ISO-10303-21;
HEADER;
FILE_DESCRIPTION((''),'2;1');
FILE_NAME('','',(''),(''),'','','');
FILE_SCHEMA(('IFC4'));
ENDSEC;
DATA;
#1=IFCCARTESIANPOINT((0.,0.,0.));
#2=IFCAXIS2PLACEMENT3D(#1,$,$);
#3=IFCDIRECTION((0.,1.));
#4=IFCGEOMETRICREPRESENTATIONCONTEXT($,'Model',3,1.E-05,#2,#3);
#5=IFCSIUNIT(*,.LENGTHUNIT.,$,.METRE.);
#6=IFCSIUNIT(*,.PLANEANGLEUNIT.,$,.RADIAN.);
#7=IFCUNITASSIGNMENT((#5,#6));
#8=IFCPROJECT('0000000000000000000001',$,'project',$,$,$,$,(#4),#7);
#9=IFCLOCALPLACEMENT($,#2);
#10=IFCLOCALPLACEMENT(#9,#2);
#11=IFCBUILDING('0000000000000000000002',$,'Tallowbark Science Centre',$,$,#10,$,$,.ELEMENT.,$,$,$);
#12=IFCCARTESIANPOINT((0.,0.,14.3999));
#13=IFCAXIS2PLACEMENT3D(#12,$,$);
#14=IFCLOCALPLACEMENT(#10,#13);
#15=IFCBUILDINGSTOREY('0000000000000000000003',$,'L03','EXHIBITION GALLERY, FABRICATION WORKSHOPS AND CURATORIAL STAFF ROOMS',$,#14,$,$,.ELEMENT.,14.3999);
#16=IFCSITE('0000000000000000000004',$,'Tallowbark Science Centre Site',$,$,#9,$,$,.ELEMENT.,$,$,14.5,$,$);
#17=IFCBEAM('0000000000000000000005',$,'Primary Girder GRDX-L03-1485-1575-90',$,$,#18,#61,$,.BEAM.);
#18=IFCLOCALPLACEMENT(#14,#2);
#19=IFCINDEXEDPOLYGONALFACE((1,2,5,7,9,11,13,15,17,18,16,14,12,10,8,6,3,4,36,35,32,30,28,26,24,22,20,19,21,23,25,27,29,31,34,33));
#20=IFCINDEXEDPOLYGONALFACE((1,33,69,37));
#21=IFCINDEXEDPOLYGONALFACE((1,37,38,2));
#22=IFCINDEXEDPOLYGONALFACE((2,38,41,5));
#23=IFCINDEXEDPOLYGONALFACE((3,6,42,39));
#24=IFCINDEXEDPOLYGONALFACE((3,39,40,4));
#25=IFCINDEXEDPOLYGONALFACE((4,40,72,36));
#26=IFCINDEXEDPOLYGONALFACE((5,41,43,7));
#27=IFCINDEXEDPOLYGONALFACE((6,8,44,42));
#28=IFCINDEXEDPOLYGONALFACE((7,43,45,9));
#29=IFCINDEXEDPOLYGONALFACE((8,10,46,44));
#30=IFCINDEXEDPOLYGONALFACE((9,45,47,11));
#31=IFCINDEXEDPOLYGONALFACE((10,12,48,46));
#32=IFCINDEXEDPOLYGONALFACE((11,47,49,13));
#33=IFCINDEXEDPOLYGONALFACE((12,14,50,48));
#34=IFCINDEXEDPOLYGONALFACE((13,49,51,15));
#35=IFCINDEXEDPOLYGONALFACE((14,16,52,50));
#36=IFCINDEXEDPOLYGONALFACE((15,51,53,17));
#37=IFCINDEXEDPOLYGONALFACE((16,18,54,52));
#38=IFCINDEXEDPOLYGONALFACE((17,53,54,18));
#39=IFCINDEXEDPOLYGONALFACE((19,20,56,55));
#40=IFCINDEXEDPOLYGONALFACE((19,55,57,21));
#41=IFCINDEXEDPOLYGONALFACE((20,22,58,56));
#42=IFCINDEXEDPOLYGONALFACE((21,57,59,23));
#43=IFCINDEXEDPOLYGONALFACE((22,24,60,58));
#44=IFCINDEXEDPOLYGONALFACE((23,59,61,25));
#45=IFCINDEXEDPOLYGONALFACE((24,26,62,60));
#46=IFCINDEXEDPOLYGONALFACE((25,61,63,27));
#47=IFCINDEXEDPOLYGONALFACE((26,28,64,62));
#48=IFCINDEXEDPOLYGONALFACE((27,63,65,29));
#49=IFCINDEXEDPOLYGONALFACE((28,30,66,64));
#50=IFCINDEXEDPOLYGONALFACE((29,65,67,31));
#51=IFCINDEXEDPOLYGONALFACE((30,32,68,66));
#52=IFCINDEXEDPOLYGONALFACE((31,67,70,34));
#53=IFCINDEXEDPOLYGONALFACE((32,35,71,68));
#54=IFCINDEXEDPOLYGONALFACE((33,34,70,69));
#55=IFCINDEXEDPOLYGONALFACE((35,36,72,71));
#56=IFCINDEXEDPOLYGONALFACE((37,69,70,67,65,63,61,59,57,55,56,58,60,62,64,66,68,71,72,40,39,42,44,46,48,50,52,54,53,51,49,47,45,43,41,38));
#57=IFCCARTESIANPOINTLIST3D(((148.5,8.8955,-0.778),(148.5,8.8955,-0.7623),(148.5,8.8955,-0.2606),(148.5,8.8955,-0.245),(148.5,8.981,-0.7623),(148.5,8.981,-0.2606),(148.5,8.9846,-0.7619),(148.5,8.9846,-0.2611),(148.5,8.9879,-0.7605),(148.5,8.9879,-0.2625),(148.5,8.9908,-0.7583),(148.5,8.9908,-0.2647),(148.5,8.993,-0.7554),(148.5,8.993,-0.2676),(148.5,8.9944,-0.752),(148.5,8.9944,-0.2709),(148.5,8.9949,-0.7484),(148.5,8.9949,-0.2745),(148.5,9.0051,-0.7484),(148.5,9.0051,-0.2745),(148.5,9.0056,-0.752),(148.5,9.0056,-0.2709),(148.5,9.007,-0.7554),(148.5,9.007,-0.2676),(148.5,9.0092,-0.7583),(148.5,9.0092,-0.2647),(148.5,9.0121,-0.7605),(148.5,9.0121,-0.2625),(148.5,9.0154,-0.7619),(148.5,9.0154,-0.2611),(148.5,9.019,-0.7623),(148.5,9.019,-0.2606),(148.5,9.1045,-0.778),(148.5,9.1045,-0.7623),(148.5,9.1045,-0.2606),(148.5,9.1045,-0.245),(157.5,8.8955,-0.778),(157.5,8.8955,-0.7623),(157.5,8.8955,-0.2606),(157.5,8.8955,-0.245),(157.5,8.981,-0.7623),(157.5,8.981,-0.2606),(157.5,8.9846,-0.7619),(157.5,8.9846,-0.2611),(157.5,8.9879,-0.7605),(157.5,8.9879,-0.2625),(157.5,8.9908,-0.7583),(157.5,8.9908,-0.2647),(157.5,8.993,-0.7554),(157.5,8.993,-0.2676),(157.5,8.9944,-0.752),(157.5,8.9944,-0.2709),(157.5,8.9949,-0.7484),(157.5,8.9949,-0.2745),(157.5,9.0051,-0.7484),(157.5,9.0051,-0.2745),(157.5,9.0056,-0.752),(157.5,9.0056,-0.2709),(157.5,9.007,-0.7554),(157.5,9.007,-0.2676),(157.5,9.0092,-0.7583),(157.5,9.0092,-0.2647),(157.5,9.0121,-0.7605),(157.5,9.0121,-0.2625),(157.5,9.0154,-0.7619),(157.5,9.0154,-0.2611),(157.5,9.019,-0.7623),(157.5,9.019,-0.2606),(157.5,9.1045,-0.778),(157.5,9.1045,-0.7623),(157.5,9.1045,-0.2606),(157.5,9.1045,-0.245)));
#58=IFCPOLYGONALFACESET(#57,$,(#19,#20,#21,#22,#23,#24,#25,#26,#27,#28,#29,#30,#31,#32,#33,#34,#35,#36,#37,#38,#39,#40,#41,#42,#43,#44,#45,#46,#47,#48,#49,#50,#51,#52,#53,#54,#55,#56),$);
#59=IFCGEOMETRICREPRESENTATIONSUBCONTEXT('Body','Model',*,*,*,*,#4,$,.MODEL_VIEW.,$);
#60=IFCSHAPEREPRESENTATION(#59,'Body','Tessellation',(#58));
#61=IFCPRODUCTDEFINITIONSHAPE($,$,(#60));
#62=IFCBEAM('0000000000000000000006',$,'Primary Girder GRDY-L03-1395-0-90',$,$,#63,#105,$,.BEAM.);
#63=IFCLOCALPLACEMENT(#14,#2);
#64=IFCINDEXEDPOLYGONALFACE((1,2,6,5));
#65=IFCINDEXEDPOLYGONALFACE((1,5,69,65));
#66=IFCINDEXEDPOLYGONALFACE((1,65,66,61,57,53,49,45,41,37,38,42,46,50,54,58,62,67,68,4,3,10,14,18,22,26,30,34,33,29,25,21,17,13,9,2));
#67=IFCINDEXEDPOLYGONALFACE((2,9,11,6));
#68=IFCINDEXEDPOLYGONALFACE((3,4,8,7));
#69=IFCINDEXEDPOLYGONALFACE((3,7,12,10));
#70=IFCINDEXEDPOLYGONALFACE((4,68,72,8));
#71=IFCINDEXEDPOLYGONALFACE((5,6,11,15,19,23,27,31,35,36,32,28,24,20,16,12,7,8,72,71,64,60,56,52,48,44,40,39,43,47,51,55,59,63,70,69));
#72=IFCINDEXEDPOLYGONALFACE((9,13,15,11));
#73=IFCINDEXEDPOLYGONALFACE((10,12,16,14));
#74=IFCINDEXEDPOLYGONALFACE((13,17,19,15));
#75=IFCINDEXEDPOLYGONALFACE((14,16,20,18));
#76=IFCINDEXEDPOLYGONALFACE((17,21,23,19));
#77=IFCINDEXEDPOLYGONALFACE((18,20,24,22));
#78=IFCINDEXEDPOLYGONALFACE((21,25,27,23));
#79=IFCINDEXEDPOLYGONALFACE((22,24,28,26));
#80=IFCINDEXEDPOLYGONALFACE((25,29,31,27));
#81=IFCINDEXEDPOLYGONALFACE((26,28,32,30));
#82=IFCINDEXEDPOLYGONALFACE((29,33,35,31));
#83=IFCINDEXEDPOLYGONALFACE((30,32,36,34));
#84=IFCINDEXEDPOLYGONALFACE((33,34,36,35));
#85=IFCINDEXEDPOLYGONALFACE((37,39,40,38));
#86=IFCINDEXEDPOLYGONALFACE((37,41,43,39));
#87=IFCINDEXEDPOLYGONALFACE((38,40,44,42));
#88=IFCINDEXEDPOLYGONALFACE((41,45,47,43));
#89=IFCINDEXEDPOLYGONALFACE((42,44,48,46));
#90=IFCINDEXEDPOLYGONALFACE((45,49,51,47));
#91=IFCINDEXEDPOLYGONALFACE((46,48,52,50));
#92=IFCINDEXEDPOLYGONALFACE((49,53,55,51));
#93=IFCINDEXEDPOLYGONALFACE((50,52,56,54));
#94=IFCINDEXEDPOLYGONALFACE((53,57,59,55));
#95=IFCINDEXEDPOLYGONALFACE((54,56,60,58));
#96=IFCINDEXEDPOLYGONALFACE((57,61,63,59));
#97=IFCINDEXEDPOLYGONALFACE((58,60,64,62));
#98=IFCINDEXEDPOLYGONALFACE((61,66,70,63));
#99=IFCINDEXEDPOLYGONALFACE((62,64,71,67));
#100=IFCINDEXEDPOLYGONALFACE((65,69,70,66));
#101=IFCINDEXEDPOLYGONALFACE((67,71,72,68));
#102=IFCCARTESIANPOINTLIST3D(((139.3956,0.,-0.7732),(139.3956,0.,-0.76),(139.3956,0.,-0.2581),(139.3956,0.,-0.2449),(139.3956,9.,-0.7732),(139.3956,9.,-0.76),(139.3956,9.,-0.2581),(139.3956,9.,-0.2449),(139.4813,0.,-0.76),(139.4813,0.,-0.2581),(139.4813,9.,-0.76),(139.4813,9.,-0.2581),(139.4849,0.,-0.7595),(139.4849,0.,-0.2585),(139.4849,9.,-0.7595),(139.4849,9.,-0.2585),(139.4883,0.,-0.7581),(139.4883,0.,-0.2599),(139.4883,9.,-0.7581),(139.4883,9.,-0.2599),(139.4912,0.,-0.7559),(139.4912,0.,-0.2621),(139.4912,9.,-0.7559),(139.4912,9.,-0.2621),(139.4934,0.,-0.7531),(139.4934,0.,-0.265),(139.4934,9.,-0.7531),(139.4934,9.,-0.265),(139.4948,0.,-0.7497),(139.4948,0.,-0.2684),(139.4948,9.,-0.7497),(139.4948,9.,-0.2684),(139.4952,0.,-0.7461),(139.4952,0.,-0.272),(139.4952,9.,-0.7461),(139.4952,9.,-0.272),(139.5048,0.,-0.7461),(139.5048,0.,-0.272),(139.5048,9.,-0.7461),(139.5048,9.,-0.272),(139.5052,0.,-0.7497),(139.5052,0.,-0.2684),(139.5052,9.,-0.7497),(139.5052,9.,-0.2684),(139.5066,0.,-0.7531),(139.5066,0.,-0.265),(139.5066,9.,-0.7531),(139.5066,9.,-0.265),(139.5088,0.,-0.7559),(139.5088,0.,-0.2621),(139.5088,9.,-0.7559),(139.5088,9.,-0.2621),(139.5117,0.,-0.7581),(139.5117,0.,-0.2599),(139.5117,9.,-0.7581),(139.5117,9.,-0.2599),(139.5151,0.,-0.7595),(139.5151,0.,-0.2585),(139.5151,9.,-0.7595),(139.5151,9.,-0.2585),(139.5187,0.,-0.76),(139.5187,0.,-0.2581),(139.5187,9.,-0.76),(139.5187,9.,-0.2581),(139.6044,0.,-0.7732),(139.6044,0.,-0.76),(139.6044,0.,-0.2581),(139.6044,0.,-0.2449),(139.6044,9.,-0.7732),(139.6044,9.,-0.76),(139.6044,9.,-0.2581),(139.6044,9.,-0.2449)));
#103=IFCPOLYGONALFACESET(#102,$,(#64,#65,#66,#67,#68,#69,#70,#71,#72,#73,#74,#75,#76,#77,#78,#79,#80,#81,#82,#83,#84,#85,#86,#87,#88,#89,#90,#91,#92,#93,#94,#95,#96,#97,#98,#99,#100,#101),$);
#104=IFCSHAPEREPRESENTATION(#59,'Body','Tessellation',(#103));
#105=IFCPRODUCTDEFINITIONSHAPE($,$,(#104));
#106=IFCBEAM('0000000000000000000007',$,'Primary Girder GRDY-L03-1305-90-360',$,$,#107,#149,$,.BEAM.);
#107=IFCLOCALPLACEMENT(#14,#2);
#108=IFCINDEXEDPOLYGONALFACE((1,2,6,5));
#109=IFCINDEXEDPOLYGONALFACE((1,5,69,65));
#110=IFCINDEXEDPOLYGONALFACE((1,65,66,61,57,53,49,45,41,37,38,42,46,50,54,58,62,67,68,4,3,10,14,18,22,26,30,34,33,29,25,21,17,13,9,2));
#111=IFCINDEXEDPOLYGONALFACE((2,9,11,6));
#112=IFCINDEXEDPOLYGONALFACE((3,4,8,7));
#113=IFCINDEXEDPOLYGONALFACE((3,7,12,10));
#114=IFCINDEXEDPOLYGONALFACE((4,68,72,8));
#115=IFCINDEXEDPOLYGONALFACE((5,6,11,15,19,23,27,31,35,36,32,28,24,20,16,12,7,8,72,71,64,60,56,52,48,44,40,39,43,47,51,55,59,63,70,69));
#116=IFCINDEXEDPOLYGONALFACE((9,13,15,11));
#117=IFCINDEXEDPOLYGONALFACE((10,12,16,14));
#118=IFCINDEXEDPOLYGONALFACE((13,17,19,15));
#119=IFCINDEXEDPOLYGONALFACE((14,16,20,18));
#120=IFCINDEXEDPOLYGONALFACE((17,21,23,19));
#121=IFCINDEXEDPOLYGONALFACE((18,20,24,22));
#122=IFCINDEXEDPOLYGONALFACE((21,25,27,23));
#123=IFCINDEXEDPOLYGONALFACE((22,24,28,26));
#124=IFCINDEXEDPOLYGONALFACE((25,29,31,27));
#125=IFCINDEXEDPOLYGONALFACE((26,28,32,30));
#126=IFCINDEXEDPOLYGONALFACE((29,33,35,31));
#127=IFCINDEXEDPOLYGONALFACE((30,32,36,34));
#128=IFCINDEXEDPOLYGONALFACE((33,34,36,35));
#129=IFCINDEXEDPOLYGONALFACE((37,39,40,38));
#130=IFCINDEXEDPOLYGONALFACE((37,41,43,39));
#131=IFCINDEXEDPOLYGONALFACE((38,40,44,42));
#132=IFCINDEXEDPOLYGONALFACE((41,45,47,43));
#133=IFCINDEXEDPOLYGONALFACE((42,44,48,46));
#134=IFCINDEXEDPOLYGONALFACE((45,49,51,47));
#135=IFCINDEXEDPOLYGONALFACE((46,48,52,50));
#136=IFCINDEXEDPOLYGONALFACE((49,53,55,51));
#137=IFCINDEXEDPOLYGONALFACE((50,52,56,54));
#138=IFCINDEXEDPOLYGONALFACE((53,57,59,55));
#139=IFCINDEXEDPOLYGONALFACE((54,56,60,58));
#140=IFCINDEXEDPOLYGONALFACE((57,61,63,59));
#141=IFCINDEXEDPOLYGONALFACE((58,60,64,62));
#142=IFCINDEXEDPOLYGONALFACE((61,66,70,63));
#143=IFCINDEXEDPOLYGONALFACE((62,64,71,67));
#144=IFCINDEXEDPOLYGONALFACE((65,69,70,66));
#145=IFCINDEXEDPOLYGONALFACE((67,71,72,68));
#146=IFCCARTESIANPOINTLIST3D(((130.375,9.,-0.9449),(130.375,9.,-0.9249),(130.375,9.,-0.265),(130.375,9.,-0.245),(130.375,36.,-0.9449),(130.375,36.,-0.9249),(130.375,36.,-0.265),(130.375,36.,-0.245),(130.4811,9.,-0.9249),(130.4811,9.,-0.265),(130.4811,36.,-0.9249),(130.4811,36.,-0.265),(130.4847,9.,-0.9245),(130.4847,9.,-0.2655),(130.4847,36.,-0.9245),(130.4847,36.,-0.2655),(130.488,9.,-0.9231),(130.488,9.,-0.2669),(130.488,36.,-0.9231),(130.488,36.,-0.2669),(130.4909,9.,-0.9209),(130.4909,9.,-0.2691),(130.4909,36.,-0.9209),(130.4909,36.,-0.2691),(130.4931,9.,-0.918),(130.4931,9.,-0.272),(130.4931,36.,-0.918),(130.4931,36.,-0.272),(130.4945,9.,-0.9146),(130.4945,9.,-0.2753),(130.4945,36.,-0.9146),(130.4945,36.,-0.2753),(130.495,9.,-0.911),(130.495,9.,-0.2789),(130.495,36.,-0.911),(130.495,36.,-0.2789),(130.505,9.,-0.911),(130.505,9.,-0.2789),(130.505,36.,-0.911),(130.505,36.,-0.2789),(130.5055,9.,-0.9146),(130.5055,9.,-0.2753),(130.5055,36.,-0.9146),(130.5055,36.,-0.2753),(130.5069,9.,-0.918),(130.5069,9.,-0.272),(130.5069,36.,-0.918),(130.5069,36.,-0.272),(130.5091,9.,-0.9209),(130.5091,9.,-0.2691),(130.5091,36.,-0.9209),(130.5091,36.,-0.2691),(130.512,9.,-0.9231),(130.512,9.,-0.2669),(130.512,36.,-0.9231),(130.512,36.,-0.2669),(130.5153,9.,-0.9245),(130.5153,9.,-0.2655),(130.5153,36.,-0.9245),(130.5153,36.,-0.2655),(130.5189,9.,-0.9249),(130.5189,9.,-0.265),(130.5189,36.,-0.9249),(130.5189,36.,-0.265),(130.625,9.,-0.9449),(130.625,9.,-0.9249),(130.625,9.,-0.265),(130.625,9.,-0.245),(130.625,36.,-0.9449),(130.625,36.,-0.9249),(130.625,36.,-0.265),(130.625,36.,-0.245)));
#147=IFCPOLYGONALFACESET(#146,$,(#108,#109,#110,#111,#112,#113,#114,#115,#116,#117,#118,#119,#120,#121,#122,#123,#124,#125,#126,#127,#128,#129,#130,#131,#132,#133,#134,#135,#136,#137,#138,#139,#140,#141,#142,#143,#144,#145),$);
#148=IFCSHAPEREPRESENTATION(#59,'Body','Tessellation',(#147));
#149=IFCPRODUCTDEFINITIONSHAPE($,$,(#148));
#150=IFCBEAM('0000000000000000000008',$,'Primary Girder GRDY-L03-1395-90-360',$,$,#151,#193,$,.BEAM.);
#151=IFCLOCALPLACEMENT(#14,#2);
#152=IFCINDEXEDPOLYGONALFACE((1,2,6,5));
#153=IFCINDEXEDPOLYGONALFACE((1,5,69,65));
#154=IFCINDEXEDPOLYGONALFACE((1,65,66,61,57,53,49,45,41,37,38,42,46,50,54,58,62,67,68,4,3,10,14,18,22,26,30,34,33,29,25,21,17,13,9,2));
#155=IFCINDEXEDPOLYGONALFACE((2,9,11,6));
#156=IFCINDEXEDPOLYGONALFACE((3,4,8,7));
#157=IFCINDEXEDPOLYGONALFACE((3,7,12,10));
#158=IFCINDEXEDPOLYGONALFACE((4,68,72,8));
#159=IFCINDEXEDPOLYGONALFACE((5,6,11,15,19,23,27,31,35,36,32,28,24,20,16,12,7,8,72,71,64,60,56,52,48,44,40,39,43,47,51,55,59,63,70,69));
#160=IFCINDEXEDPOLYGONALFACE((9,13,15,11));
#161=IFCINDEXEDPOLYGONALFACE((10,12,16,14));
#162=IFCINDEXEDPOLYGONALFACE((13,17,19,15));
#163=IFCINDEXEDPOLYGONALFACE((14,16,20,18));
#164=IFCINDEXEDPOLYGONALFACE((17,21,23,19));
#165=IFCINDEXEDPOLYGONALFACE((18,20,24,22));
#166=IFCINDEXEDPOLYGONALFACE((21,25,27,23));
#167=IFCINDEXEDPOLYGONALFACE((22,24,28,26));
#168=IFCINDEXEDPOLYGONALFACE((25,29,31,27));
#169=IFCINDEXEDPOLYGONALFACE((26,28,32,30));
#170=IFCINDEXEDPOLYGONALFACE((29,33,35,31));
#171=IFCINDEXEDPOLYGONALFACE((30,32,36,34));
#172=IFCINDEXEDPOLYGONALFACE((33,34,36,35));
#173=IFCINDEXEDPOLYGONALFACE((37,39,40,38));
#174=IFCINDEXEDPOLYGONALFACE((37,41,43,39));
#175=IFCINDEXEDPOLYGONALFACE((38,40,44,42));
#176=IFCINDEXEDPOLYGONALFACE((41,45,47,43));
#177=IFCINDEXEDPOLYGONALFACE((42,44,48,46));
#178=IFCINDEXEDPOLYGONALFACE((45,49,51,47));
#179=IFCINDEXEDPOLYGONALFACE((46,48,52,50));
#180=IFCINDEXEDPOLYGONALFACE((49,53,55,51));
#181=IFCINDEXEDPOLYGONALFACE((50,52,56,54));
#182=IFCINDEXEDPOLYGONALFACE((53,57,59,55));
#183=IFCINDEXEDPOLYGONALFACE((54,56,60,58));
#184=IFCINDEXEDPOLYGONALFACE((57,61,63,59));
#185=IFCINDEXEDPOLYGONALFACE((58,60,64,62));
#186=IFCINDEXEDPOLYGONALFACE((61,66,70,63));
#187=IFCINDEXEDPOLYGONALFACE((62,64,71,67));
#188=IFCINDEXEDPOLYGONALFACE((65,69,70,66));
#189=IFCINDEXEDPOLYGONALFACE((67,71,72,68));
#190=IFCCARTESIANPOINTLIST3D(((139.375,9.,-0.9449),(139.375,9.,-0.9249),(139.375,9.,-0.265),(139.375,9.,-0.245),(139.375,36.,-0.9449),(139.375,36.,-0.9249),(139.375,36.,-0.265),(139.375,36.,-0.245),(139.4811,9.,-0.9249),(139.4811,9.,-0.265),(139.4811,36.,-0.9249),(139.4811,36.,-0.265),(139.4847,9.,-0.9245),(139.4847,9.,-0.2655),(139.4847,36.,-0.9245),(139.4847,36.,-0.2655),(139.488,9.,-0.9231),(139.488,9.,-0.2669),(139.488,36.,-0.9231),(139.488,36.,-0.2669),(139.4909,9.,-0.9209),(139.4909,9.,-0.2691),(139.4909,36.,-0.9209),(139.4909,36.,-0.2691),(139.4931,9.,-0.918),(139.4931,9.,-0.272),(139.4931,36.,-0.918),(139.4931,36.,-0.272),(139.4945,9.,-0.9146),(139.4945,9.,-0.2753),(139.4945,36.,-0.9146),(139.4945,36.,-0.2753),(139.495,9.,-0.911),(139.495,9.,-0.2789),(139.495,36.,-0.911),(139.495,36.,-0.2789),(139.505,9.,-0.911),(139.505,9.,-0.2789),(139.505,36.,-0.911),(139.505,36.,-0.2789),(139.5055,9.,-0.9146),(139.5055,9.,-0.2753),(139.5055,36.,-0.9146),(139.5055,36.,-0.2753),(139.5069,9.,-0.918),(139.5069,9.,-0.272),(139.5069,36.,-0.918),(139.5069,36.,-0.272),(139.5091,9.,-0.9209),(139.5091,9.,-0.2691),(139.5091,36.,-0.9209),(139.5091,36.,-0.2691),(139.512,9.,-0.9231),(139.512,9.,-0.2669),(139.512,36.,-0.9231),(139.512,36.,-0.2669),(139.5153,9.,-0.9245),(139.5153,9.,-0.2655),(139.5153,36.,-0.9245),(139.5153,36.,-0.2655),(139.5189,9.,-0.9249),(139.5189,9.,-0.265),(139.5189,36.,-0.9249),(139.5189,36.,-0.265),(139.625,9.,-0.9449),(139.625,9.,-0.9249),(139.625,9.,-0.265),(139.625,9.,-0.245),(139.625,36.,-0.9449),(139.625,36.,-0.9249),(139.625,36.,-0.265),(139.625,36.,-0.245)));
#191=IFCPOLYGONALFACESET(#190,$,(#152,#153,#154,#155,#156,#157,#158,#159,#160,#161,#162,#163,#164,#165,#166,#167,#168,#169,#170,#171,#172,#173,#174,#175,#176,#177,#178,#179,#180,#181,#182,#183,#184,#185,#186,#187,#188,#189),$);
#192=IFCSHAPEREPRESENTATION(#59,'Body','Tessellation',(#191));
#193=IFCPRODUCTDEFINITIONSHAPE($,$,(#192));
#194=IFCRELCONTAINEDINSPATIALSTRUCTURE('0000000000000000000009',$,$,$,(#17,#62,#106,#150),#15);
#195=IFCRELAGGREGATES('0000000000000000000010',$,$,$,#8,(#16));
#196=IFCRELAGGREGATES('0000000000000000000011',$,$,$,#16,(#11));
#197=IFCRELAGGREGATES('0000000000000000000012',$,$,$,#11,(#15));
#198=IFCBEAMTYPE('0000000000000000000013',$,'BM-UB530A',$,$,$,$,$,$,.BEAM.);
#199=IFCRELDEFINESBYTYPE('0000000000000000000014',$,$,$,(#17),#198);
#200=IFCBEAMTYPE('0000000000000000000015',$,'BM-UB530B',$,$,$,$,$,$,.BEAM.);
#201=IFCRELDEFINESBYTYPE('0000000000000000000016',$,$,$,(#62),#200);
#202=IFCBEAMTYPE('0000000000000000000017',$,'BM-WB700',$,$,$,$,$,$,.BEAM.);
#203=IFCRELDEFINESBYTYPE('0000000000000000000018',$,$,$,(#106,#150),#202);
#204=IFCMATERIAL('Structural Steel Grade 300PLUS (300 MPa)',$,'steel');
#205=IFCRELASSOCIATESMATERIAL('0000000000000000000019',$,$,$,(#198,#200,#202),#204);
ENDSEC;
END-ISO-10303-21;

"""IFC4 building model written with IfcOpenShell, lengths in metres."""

from ifc_helpers import new_model, si_unit, direction, frame, origin, origin_2d, place, context, subcontext, project, spatial, i_section, extrude, material, material_profile, profile_set, type_object, element, save


model = new_model("IFC4")

# Units and contexts
model_context = context("Model", 3, precision=1e-05, world=origin(), true_north=direction((0.0, 1.0)))
body_context = subcontext(model_context, "Body", "Model", "MODEL_VIEW")
ifc_project = project(units=[si_unit("LENGTHUNIT", "METRE"), si_unit("PLANEANGLEUNIT", "RADIAN")], contexts=[model_context])

# Site, building, storey
site_placement = place(None, origin())
site = spatial("IfcSite", under=ifc_project, at=site_placement, Name="Tallowbark Science Centre Site", CompositionType="ELEMENT", RefElevation=14.5)
building_placement = place(site_placement, origin())
building = spatial("IfcBuilding", under=site, at=building_placement, Name="Tallowbark Science Centre", CompositionType="ELEMENT")
storey_placement = place(building_placement, frame((0.0, 0.0, 14.3999)))
storey = spatial("IfcBuildingStorey", under=building, at=storey_placement, Name="L03", Description="EXHIBITION GALLERY, FABRICATION WORKSHOPS AND CURATORIAL STAFF ROOMS", CompositionType="ELEMENT", Elevation=14.3999)

# Beams
ifc_material_1 = material(Name="Structural Steel Grade 300PLUS (300 MPa)", Category="steel")
ifc_material_profile_1 = material_profile(ifc_material_1, i_section(OverallWidth=0.209, OverallDepth=0.533, WebThickness=0.0103, FlangeThickness=0.0156, FilletRadius=0.0139, at=origin_2d()), Name="530UB92.4")
ifc_profile_set_1 = profile_set([ifc_material_profile_1], Name="Structural Steel Grade 300PLUS (300 MPa)")
beam_type_1 = type_object("IfcBeamType", Name="BM-UB530A", PredefinedType="BEAM", material=ifc_profile_set_1)
for number, where, z_axis, x_axis, name in (
    (1, (148.5, 9.0, -0.5115), (1.0, 0.0, 0.0), (0.0, 1.0, 0.0), "Primary Girder GRDX-L03-1485-1575-90"),
):
    element("IfcBeam", number, at=place(storey_placement, frame(where, z_axis=z_axis, x_axis=x_axis)), inside=storey, type_object=beam_type_1, Name=name, PredefinedType="BEAM", context=body_context, shape_type="SweptSolid", body=[
        extrude(i_section(OverallWidth=0.209, OverallDepth=0.533, WebThickness=0.0103, FlangeThickness=0.0156, FilletRadius=0.0139, at=origin_2d()), origin(), (0.0, 0.0, 1.0), 9.0),
    ])
ifc_material_profile_2 = material_profile(ifc_material_1, i_section(OverallWidth=0.2087, OverallDepth=0.5283, WebThickness=0.0095, FlangeThickness=0.0132, FilletRadius=0.0139, at=origin_2d()), Name="530UB82.0")
ifc_profile_set_2 = profile_set([ifc_material_profile_2], Name="Structural Steel Grade 300PLUS (300 MPa)")
beam_type_2 = type_object("IfcBeamType", Name="BM-UB530B", PredefinedType="BEAM", material=ifc_profile_set_2)
beam_1_placement = place(storey_placement, frame((139.5, 0.0, -0.509), z_axis=(0.0, 1.0, 0.0), x_axis=(-1.0, 0.0, 0.0)))
element("IfcBeam", 2, at=beam_1_placement, inside=storey, type_object=beam_type_2, Name="Primary Girder GRDY-L03-1395-0-90", PredefinedType="BEAM", context=body_context, shape_type="SweptSolid", body=[
    extrude(i_section(OverallWidth=0.2087, OverallDepth=0.5283, WebThickness=0.0095, FlangeThickness=0.0132, FilletRadius=0.0139, at=origin_2d()), origin(), (0.0, 0.0, 1.0), 9.0),
])
ifc_material_profile_3 = material_profile(ifc_material_1, i_section(OverallWidth=0.25, OverallDepth=0.7, WebThickness=0.01, FlangeThickness=0.02, FilletRadius=0.0139, at=origin_2d()), Name="700WB130")
ifc_profile_set_3 = profile_set([ifc_material_profile_3], Name="Structural Steel Grade 300PLUS (300 MPa)")
beam_type_3 = type_object("IfcBeamType", Name="BM-WB700", PredefinedType="BEAM", material=ifc_profile_set_3)
for number, where, z_axis, x_axis, name in (
    (3, (130.5, 9.0, -0.595), (0.0, 1.0, 0.0), (-1.0, 0.0, 0.0), "Primary Girder GRDY-L03-1305-90-360"),
    (4, (139.5, 9.0, -0.595), (0.0, 1.0, 0.0), (-1.0, 0.0, 0.0), "Primary Girder GRDY-L03-1395-90-360"),
):
    element("IfcBeam", number, at=place(storey_placement, frame(where, z_axis=z_axis, x_axis=x_axis)), inside=storey, type_object=beam_type_3, Name=name, PredefinedType="BEAM", context=body_context, shape_type="SweptSolid", body=[
        extrude(i_section(OverallWidth=0.25, OverallDepth=0.7, WebThickness=0.01, FlangeThickness=0.02, FilletRadius=0.0139, at=origin_2d()), origin(), (0.0, 0.0, 1.0), 27.0),
    ])

save(model, "model.ifc")
